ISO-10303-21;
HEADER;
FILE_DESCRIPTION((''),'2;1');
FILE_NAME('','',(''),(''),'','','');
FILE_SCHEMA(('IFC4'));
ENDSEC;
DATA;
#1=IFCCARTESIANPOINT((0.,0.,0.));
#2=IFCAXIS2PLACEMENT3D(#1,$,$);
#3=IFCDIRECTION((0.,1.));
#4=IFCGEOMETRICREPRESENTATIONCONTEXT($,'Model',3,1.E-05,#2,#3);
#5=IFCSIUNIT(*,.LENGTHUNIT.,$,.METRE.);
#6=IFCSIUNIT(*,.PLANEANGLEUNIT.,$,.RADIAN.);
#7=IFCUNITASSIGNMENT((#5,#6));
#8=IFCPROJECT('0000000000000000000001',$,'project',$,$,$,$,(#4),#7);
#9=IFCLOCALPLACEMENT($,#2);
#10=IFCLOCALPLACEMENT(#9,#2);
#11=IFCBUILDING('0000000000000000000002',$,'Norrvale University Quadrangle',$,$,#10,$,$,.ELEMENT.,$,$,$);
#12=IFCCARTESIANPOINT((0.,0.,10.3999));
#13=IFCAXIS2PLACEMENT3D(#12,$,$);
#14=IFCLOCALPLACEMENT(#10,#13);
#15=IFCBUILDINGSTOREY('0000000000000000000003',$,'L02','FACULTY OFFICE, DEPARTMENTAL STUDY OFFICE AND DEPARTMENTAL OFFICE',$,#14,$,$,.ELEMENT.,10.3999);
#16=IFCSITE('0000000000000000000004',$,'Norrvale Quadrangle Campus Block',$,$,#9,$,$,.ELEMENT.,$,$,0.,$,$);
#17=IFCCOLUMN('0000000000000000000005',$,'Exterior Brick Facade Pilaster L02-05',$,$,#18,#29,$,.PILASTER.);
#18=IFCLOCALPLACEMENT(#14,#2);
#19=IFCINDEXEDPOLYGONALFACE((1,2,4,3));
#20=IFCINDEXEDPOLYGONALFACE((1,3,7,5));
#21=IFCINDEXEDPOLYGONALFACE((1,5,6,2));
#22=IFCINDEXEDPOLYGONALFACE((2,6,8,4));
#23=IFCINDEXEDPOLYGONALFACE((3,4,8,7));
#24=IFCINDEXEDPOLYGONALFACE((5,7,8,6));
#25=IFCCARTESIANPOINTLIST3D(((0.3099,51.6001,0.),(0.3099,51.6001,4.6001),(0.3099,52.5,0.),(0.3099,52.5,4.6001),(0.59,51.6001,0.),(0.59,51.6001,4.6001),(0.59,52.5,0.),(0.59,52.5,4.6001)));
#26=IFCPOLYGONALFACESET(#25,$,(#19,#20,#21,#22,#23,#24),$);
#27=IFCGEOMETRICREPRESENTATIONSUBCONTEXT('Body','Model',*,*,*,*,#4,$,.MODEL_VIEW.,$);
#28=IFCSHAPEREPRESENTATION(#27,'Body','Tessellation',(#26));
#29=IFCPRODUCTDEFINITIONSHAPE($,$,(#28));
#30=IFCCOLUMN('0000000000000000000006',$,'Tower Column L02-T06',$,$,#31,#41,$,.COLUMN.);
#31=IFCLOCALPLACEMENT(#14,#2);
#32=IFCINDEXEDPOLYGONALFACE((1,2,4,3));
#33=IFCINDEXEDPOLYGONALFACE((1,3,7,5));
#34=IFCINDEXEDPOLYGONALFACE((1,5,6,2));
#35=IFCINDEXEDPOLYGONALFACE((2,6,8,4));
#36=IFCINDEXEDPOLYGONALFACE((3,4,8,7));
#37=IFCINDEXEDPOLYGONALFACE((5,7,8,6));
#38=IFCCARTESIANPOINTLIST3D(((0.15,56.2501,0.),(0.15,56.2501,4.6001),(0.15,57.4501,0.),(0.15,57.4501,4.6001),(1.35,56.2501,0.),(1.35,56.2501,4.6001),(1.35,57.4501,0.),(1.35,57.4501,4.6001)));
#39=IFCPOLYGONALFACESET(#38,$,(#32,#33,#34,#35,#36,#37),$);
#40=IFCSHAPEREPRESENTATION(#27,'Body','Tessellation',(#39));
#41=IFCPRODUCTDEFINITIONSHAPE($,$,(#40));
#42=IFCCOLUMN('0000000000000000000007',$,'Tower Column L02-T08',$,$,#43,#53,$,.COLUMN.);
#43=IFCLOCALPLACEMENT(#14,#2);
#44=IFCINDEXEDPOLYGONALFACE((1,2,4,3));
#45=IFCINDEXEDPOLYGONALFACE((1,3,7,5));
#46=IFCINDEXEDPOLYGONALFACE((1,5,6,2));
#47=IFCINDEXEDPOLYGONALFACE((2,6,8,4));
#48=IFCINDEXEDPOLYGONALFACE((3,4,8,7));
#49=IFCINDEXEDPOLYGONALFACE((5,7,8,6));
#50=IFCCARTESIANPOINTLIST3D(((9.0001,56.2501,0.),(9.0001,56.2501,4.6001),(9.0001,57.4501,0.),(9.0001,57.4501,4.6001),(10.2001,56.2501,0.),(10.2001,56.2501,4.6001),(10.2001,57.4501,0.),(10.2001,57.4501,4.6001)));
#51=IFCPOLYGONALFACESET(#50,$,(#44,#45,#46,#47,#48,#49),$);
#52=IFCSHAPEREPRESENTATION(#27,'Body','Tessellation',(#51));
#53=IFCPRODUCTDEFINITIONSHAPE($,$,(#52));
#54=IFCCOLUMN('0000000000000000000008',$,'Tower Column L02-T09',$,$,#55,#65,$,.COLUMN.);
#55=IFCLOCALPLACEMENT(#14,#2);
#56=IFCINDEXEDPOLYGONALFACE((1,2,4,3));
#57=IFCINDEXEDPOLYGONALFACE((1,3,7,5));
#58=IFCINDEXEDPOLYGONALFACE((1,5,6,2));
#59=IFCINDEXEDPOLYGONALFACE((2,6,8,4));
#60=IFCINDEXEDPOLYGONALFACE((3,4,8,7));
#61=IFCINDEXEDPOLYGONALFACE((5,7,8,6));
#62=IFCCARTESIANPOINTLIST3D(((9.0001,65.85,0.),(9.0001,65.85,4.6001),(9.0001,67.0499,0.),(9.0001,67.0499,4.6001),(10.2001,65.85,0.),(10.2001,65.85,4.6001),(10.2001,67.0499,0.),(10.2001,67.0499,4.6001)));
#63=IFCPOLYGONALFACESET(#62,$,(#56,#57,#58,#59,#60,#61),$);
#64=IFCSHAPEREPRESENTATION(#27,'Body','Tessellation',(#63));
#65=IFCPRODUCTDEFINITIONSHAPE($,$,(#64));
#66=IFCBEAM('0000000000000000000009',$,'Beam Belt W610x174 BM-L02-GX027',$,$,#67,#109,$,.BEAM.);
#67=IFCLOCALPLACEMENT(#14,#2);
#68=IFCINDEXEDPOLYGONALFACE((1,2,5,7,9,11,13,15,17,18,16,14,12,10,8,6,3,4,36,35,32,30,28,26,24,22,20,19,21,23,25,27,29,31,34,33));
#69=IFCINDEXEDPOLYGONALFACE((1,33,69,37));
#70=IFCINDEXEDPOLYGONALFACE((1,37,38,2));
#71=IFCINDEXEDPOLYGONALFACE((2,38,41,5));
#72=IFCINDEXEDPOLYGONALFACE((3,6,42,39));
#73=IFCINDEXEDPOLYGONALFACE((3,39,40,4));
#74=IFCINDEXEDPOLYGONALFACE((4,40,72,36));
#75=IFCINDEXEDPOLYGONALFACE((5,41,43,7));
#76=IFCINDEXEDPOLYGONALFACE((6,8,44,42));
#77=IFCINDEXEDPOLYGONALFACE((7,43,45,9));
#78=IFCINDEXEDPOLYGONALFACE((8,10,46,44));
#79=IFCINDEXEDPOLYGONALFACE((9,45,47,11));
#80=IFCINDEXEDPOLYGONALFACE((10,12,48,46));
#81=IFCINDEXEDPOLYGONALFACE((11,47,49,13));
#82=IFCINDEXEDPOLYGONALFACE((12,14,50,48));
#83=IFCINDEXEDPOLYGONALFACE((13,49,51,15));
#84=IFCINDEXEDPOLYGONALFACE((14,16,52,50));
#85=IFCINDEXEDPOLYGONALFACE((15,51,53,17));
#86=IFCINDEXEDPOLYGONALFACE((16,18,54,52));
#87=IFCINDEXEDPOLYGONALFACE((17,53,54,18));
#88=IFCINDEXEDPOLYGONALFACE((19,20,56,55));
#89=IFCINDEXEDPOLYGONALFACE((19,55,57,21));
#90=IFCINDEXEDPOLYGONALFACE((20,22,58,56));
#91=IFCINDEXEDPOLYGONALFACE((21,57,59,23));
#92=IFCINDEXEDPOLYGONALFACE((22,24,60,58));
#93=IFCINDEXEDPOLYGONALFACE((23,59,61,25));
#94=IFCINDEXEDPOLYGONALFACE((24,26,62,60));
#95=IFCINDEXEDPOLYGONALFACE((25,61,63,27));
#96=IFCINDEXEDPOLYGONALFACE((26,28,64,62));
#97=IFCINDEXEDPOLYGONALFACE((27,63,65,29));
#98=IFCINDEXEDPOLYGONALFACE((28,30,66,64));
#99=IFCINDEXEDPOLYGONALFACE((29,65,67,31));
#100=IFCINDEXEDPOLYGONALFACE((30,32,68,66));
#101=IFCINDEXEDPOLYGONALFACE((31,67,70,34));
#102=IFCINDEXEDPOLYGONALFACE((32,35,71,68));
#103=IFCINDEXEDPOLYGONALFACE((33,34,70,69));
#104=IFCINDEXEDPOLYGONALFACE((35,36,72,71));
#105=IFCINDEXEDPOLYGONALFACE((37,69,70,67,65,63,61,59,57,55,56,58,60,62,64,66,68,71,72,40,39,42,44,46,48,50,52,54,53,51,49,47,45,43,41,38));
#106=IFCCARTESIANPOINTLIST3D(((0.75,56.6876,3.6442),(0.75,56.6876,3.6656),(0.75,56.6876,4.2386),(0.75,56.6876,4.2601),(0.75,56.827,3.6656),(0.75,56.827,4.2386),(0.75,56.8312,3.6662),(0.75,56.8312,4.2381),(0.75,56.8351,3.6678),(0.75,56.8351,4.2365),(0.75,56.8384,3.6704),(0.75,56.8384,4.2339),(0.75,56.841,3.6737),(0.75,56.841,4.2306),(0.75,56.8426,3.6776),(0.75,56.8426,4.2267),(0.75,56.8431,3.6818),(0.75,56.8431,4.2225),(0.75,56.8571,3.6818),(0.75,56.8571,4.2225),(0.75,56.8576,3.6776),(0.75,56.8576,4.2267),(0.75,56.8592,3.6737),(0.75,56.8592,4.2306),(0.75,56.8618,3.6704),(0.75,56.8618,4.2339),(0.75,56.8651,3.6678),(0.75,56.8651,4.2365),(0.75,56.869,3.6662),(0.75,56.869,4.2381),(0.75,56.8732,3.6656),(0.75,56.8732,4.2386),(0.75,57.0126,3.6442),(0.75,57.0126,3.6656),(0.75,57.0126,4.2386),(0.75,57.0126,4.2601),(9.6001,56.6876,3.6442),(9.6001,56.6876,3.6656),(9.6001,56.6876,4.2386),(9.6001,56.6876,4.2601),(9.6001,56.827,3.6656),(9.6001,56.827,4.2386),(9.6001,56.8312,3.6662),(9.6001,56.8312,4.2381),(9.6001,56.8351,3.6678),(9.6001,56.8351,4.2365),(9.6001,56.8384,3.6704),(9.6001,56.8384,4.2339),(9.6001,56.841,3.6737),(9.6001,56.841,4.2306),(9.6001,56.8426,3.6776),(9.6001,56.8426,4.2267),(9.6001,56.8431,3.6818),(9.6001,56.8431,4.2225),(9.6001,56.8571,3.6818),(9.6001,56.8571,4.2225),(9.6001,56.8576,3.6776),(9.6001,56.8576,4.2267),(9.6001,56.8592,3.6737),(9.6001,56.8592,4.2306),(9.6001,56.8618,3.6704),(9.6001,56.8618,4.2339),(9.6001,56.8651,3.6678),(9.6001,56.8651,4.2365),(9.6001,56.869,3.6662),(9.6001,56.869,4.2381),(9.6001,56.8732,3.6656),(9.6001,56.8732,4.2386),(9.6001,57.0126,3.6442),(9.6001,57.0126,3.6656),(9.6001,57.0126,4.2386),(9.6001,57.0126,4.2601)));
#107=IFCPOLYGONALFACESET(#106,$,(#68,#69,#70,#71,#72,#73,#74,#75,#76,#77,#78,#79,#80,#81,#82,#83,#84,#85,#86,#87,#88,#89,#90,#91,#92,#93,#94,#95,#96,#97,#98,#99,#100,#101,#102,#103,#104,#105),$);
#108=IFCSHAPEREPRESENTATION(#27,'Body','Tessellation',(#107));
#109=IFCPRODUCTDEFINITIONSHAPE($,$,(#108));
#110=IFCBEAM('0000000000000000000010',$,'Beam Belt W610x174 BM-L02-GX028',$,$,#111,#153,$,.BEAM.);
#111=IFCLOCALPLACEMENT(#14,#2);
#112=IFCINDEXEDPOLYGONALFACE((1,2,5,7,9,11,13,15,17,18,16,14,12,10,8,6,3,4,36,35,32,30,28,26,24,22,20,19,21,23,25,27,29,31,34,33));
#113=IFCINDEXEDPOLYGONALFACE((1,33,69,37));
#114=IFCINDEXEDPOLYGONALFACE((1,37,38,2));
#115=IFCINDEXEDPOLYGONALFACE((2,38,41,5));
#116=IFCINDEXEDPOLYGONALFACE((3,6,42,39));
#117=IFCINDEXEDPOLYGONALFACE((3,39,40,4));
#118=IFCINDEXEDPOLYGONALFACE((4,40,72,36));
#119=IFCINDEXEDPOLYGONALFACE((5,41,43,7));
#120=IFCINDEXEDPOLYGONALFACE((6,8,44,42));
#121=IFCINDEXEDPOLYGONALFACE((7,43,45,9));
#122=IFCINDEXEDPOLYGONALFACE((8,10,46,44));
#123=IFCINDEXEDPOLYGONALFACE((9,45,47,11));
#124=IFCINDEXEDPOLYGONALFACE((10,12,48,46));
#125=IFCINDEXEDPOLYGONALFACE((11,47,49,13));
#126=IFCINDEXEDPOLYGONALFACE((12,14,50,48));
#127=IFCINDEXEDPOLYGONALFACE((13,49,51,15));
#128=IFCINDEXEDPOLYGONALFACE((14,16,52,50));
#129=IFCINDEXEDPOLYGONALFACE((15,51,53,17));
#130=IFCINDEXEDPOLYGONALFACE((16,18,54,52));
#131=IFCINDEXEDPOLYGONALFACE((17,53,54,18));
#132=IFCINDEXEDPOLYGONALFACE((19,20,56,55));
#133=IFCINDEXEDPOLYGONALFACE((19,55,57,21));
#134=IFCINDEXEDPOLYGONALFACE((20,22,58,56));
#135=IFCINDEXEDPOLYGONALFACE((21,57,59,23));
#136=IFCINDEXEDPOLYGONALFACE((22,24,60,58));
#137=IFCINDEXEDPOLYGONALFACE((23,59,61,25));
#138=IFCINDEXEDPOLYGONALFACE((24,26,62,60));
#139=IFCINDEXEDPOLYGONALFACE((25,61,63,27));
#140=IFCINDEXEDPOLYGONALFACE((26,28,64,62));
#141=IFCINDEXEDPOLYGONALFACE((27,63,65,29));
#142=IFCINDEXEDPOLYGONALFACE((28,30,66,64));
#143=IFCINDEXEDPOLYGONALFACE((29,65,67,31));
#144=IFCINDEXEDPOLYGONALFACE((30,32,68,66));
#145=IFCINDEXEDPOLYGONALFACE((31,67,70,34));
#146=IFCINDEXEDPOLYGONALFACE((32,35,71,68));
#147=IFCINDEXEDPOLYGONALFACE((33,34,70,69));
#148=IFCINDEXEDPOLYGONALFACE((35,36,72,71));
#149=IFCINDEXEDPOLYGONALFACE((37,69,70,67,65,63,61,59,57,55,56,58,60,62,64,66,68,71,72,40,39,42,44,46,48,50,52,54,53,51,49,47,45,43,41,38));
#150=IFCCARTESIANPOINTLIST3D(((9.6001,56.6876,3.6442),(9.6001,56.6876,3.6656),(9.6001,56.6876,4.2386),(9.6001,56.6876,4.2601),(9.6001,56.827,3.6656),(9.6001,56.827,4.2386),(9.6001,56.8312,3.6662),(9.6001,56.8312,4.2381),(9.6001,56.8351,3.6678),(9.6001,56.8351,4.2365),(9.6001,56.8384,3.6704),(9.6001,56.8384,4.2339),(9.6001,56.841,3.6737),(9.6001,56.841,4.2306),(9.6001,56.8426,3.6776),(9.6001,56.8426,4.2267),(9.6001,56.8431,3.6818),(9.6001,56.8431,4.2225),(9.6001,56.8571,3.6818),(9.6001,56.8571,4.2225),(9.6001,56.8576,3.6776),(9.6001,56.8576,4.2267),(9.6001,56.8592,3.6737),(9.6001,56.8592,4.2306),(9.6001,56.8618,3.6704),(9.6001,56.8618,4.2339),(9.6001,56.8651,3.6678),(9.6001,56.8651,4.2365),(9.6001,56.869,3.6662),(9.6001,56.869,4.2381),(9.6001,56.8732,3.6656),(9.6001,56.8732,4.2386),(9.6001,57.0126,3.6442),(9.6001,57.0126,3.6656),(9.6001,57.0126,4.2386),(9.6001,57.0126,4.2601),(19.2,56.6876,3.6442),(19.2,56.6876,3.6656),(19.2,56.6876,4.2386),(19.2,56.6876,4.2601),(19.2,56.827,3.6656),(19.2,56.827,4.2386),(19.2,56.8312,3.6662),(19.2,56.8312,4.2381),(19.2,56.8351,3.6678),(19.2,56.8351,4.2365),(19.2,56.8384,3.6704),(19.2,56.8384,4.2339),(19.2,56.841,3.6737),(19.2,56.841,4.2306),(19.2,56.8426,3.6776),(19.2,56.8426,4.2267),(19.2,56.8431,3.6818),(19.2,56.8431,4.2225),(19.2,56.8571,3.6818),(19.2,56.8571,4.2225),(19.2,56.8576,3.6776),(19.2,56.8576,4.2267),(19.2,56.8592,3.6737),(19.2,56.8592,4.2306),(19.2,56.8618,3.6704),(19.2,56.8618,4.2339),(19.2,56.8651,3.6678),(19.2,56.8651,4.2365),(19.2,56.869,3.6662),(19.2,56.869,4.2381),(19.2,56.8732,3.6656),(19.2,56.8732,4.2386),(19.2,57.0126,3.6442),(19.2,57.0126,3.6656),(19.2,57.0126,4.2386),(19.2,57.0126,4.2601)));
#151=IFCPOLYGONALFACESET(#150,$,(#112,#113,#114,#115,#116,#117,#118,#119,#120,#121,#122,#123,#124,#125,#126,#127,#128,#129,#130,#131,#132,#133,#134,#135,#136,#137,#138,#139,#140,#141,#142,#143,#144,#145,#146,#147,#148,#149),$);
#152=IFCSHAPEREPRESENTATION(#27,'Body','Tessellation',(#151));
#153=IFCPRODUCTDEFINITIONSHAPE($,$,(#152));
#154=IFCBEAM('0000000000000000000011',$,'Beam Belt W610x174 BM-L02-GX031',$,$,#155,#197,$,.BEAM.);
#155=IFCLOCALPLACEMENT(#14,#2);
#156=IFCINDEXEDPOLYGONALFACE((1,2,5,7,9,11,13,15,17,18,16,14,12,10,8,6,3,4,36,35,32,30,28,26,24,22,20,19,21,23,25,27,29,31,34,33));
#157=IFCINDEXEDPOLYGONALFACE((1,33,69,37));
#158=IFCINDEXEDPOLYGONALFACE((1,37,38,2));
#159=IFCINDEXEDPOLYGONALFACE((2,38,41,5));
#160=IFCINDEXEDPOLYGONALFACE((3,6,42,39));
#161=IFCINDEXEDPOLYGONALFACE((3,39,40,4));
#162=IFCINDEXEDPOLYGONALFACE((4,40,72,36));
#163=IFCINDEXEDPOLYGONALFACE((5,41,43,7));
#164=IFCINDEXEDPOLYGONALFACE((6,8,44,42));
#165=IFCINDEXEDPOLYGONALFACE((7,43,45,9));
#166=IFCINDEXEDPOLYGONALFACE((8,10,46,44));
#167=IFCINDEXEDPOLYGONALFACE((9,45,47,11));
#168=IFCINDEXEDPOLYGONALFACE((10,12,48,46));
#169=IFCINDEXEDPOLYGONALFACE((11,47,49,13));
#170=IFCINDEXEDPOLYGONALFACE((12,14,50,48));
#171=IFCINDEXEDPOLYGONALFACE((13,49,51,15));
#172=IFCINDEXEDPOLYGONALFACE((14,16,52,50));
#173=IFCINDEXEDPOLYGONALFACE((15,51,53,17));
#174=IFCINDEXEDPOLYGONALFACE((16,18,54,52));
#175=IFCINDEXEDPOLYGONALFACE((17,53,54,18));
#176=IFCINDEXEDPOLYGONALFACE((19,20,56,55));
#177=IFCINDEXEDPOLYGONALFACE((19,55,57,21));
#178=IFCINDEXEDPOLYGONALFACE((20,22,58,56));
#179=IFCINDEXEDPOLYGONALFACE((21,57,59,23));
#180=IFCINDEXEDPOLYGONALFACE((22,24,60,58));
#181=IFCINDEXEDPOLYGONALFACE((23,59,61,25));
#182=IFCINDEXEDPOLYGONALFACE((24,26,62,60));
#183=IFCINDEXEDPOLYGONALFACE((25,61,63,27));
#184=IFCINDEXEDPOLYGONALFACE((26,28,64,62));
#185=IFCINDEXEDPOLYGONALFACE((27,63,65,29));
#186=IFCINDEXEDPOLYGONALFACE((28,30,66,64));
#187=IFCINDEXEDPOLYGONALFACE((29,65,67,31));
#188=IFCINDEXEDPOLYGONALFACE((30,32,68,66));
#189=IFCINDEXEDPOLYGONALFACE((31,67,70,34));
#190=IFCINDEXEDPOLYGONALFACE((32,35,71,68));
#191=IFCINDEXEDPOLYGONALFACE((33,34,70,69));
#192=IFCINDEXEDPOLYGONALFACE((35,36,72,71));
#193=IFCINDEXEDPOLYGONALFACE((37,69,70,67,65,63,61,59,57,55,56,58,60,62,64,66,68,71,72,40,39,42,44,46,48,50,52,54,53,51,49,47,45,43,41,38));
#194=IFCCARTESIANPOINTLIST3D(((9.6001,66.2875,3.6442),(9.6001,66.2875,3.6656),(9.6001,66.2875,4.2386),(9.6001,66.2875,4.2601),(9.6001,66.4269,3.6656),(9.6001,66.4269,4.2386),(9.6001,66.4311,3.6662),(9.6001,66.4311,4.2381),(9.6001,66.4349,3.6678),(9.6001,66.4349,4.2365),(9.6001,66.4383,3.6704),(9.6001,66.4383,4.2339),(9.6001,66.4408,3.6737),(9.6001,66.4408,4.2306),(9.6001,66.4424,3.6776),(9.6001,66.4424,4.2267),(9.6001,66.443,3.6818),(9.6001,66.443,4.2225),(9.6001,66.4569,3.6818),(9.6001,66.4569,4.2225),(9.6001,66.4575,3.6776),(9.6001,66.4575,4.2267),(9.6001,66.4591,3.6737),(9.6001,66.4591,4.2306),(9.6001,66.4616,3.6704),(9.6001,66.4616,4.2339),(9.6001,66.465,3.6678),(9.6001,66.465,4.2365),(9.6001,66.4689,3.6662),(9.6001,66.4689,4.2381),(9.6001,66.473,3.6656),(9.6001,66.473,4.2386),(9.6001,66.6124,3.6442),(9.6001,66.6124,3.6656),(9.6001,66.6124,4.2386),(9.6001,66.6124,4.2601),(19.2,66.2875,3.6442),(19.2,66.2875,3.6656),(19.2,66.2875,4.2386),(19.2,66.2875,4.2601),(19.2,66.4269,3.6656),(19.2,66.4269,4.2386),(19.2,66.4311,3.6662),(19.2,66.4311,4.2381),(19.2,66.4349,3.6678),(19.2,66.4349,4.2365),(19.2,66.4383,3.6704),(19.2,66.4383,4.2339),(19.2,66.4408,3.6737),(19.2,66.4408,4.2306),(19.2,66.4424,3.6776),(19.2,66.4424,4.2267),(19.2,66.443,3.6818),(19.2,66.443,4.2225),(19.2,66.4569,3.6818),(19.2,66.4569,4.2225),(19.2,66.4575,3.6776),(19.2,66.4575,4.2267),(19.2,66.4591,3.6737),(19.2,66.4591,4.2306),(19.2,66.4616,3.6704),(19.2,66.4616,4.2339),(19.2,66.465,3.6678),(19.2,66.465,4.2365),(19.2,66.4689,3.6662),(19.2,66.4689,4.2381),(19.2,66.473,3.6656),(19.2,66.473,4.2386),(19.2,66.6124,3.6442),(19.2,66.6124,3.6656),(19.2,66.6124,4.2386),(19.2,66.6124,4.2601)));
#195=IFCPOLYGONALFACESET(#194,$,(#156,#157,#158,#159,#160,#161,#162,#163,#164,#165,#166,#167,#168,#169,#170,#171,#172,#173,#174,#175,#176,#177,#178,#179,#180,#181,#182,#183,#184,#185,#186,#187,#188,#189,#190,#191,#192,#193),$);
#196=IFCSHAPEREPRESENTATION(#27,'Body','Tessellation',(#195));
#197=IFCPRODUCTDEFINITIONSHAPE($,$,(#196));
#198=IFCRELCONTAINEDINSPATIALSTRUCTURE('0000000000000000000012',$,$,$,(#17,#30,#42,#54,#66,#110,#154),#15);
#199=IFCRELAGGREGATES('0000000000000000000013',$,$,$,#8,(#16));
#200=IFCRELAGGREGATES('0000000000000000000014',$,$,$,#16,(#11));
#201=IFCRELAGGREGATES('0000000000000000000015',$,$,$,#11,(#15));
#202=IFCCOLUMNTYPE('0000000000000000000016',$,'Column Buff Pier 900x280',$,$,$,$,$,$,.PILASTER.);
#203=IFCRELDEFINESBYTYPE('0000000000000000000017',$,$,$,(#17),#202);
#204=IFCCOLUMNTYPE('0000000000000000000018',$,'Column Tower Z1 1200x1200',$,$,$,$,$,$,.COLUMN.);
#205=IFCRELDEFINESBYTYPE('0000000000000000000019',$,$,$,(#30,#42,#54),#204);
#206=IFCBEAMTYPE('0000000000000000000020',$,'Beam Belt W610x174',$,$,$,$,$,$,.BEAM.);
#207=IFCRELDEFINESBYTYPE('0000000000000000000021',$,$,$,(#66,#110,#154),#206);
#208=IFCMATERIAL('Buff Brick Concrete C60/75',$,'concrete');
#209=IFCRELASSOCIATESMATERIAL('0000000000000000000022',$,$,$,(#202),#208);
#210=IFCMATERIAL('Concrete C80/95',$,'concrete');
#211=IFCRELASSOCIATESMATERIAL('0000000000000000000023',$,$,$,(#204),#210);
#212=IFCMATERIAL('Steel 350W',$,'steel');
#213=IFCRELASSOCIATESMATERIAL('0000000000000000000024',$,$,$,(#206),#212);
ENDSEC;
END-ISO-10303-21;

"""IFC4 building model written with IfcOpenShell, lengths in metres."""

from ifc_helpers import new_model, si_unit, direction, frame, origin, origin_2d, place, context, subcontext, project, spatial, rectangle, i_section, extrude, material, material_profile, profile_set, type_object, element, save


model = new_model("IFC4")

# Units and contexts
model_context = context("Model", 3, precision=1e-05, world=origin(), true_north=direction((0.0, 1.0)))
body_context = subcontext(model_context, "Body", "Model", "MODEL_VIEW")
ifc_project = project(units=[si_unit("LENGTHUNIT", "METRE"), si_unit("PLANEANGLEUNIT", "RADIAN")], contexts=[model_context])

# Site, building, storey
site_placement = place(None, origin())
site = spatial("IfcSite", under=ifc_project, at=site_placement, Name="Norrvale Quadrangle Campus Block", CompositionType="ELEMENT", RefElevation=0.0)
building_placement = place(site_placement, origin())
building = spatial("IfcBuilding", under=site, at=building_placement, Name="Norrvale University Quadrangle", CompositionType="ELEMENT")
storey_placement = place(building_placement, frame((0.0, 0.0, 10.3999)))
storey = spatial("IfcBuildingStorey", under=building, at=storey_placement, Name="L02", Description="FACULTY OFFICE, DEPARTMENTAL STUDY OFFICE AND DEPARTMENTAL OFFICE", CompositionType="ELEMENT", Elevation=10.3999)

# Columns
ifc_material_1 = material(Name="Buff Brick Concrete C60/75", Category="concrete")
ifc_material_profile_1 = material_profile(ifc_material_1, rectangle(XDim=0.8999, YDim=0.28, at=origin_2d()), Name="Buff Brick Concrete C60/75")
ifc_profile_set_1 = profile_set([ifc_material_profile_1], Name="Buff Brick Concrete C60/75")
column_type_1 = type_object("IfcColumnType", Name="Column Buff Pier 900x280", PredefinedType="PILASTER", material=ifc_profile_set_1)
column_placement = place(storey_placement, frame((0.45, 52.05, 0.0), z_axis=(0.0, 0.0, 1.0), x_axis=(0.0, 1.0, 0.0)))
element("IfcColumn", 1, at=column_placement, inside=storey, type_object=column_type_1, Name="Exterior Brick Facade Pilaster L02-05", PredefinedType="PILASTER", context=body_context, shape_type="SweptSolid", body=[
    extrude(rectangle(XDim=0.8999, YDim=0.28, at=origin_2d()), origin(), (0.0, 0.0, 1.0), 4.6001),
])
ifc_material_2 = material(Name="Concrete C80/95", Category="concrete")
ifc_material_profile_2 = material_profile(ifc_material_2, rectangle(XDim=1.2, YDim=1.2, at=origin_2d()), Name="Concrete C80/95")
ifc_profile_set_2 = profile_set([ifc_material_profile_2], Name="Concrete C80/95")
column_type_2 = type_object("IfcColumnType", Name="Column Tower Z1 1200x1200", PredefinedType="COLUMN", material=ifc_profile_set_2)
for number, where, z_axis, x_axis, name in (
    (2, (0.75, 56.8501, 0.0), (0.0, 0.0, 1.0), (1.0, 0.0, 0.0), "Tower Column L02-T06"),
    (3, (9.6001, 56.8501, 0.0), (0.0, 0.0, 1.0), (1.0, 0.0, 0.0), "Tower Column L02-T08"),
    (4, (9.6001, 66.45, 0.0), (0.0, 0.0, 1.0), (1.0, 0.0, 0.0), "Tower Column L02-T09"),
):
    element("IfcColumn", number, at=place(storey_placement, frame(where, z_axis=z_axis, x_axis=x_axis)), inside=storey, type_object=column_type_2, Name=name, PredefinedType="COLUMN", context=body_context, shape_type="SweptSolid", body=[
        extrude(rectangle(XDim=1.2, YDim=1.2, at=origin_2d()), origin(), (0.0, 0.0, 1.0), 4.6001),
    ])

# Beams
ifc_material_3 = material(Name="Steel 350W", Category="steel")
ifc_material_profile_3 = material_profile(ifc_material_3, i_section(OverallWidth=0.325, OverallDepth=0.616, WebThickness=0.0139, FlangeThickness=0.0215, FilletRadius=0.0161, at=origin_2d()), Name="Steel 350W")
ifc_profile_set_3 = profile_set([ifc_material_profile_3], Name="Steel 350W")
beam_type_1 = type_object("IfcBeamType", Name="Beam Belt W610x174", PredefinedType="BEAM", material=ifc_profile_set_3)
beam_1_placement = place(storey_placement, frame((0.75, 56.8501, 3.9521), z_axis=(1.0, 0.0, 0.0), x_axis=(0.0, 1.0, 0.0)))
element("IfcBeam", 5, at=beam_1_placement, inside=storey, type_object=beam_type_1, Name="Beam Belt W610x174 BM-L02-GX027", PredefinedType="BEAM", context=body_context, shape_type="SweptSolid", body=[
    extrude(i_section(OverallWidth=0.325, OverallDepth=0.616, WebThickness=0.0139, FlangeThickness=0.0215, FilletRadius=0.0161, at=origin_2d()), origin(), (0.0, 0.0, 1.0), 8.8501),
])
for number, where, z_axis, x_axis, name in (
    (6, (9.6001, 56.8501, 3.9521), (1.0, 0.0, 0.0), (0.0, 1.0, 0.0), "Beam Belt W610x174 BM-L02-GX028"),
    (7, (9.6001, 66.45, 3.9521), (1.0, 0.0, 0.0), (0.0, 1.0, 0.0), "Beam Belt W610x174 BM-L02-GX031"),
):
    element("IfcBeam", number, at=place(storey_placement, frame(where, z_axis=z_axis, x_axis=x_axis)), inside=storey, type_object=beam_type_1, Name=name, PredefinedType="BEAM", context=body_context, shape_type="SweptSolid", body=[
        extrude(i_section(OverallWidth=0.325, OverallDepth=0.616, WebThickness=0.0139, FlangeThickness=0.0215, FilletRadius=0.0161, at=origin_2d()), origin(), (0.0, 0.0, 1.0), 9.5999),
    ])

save(model, "model.ifc")
